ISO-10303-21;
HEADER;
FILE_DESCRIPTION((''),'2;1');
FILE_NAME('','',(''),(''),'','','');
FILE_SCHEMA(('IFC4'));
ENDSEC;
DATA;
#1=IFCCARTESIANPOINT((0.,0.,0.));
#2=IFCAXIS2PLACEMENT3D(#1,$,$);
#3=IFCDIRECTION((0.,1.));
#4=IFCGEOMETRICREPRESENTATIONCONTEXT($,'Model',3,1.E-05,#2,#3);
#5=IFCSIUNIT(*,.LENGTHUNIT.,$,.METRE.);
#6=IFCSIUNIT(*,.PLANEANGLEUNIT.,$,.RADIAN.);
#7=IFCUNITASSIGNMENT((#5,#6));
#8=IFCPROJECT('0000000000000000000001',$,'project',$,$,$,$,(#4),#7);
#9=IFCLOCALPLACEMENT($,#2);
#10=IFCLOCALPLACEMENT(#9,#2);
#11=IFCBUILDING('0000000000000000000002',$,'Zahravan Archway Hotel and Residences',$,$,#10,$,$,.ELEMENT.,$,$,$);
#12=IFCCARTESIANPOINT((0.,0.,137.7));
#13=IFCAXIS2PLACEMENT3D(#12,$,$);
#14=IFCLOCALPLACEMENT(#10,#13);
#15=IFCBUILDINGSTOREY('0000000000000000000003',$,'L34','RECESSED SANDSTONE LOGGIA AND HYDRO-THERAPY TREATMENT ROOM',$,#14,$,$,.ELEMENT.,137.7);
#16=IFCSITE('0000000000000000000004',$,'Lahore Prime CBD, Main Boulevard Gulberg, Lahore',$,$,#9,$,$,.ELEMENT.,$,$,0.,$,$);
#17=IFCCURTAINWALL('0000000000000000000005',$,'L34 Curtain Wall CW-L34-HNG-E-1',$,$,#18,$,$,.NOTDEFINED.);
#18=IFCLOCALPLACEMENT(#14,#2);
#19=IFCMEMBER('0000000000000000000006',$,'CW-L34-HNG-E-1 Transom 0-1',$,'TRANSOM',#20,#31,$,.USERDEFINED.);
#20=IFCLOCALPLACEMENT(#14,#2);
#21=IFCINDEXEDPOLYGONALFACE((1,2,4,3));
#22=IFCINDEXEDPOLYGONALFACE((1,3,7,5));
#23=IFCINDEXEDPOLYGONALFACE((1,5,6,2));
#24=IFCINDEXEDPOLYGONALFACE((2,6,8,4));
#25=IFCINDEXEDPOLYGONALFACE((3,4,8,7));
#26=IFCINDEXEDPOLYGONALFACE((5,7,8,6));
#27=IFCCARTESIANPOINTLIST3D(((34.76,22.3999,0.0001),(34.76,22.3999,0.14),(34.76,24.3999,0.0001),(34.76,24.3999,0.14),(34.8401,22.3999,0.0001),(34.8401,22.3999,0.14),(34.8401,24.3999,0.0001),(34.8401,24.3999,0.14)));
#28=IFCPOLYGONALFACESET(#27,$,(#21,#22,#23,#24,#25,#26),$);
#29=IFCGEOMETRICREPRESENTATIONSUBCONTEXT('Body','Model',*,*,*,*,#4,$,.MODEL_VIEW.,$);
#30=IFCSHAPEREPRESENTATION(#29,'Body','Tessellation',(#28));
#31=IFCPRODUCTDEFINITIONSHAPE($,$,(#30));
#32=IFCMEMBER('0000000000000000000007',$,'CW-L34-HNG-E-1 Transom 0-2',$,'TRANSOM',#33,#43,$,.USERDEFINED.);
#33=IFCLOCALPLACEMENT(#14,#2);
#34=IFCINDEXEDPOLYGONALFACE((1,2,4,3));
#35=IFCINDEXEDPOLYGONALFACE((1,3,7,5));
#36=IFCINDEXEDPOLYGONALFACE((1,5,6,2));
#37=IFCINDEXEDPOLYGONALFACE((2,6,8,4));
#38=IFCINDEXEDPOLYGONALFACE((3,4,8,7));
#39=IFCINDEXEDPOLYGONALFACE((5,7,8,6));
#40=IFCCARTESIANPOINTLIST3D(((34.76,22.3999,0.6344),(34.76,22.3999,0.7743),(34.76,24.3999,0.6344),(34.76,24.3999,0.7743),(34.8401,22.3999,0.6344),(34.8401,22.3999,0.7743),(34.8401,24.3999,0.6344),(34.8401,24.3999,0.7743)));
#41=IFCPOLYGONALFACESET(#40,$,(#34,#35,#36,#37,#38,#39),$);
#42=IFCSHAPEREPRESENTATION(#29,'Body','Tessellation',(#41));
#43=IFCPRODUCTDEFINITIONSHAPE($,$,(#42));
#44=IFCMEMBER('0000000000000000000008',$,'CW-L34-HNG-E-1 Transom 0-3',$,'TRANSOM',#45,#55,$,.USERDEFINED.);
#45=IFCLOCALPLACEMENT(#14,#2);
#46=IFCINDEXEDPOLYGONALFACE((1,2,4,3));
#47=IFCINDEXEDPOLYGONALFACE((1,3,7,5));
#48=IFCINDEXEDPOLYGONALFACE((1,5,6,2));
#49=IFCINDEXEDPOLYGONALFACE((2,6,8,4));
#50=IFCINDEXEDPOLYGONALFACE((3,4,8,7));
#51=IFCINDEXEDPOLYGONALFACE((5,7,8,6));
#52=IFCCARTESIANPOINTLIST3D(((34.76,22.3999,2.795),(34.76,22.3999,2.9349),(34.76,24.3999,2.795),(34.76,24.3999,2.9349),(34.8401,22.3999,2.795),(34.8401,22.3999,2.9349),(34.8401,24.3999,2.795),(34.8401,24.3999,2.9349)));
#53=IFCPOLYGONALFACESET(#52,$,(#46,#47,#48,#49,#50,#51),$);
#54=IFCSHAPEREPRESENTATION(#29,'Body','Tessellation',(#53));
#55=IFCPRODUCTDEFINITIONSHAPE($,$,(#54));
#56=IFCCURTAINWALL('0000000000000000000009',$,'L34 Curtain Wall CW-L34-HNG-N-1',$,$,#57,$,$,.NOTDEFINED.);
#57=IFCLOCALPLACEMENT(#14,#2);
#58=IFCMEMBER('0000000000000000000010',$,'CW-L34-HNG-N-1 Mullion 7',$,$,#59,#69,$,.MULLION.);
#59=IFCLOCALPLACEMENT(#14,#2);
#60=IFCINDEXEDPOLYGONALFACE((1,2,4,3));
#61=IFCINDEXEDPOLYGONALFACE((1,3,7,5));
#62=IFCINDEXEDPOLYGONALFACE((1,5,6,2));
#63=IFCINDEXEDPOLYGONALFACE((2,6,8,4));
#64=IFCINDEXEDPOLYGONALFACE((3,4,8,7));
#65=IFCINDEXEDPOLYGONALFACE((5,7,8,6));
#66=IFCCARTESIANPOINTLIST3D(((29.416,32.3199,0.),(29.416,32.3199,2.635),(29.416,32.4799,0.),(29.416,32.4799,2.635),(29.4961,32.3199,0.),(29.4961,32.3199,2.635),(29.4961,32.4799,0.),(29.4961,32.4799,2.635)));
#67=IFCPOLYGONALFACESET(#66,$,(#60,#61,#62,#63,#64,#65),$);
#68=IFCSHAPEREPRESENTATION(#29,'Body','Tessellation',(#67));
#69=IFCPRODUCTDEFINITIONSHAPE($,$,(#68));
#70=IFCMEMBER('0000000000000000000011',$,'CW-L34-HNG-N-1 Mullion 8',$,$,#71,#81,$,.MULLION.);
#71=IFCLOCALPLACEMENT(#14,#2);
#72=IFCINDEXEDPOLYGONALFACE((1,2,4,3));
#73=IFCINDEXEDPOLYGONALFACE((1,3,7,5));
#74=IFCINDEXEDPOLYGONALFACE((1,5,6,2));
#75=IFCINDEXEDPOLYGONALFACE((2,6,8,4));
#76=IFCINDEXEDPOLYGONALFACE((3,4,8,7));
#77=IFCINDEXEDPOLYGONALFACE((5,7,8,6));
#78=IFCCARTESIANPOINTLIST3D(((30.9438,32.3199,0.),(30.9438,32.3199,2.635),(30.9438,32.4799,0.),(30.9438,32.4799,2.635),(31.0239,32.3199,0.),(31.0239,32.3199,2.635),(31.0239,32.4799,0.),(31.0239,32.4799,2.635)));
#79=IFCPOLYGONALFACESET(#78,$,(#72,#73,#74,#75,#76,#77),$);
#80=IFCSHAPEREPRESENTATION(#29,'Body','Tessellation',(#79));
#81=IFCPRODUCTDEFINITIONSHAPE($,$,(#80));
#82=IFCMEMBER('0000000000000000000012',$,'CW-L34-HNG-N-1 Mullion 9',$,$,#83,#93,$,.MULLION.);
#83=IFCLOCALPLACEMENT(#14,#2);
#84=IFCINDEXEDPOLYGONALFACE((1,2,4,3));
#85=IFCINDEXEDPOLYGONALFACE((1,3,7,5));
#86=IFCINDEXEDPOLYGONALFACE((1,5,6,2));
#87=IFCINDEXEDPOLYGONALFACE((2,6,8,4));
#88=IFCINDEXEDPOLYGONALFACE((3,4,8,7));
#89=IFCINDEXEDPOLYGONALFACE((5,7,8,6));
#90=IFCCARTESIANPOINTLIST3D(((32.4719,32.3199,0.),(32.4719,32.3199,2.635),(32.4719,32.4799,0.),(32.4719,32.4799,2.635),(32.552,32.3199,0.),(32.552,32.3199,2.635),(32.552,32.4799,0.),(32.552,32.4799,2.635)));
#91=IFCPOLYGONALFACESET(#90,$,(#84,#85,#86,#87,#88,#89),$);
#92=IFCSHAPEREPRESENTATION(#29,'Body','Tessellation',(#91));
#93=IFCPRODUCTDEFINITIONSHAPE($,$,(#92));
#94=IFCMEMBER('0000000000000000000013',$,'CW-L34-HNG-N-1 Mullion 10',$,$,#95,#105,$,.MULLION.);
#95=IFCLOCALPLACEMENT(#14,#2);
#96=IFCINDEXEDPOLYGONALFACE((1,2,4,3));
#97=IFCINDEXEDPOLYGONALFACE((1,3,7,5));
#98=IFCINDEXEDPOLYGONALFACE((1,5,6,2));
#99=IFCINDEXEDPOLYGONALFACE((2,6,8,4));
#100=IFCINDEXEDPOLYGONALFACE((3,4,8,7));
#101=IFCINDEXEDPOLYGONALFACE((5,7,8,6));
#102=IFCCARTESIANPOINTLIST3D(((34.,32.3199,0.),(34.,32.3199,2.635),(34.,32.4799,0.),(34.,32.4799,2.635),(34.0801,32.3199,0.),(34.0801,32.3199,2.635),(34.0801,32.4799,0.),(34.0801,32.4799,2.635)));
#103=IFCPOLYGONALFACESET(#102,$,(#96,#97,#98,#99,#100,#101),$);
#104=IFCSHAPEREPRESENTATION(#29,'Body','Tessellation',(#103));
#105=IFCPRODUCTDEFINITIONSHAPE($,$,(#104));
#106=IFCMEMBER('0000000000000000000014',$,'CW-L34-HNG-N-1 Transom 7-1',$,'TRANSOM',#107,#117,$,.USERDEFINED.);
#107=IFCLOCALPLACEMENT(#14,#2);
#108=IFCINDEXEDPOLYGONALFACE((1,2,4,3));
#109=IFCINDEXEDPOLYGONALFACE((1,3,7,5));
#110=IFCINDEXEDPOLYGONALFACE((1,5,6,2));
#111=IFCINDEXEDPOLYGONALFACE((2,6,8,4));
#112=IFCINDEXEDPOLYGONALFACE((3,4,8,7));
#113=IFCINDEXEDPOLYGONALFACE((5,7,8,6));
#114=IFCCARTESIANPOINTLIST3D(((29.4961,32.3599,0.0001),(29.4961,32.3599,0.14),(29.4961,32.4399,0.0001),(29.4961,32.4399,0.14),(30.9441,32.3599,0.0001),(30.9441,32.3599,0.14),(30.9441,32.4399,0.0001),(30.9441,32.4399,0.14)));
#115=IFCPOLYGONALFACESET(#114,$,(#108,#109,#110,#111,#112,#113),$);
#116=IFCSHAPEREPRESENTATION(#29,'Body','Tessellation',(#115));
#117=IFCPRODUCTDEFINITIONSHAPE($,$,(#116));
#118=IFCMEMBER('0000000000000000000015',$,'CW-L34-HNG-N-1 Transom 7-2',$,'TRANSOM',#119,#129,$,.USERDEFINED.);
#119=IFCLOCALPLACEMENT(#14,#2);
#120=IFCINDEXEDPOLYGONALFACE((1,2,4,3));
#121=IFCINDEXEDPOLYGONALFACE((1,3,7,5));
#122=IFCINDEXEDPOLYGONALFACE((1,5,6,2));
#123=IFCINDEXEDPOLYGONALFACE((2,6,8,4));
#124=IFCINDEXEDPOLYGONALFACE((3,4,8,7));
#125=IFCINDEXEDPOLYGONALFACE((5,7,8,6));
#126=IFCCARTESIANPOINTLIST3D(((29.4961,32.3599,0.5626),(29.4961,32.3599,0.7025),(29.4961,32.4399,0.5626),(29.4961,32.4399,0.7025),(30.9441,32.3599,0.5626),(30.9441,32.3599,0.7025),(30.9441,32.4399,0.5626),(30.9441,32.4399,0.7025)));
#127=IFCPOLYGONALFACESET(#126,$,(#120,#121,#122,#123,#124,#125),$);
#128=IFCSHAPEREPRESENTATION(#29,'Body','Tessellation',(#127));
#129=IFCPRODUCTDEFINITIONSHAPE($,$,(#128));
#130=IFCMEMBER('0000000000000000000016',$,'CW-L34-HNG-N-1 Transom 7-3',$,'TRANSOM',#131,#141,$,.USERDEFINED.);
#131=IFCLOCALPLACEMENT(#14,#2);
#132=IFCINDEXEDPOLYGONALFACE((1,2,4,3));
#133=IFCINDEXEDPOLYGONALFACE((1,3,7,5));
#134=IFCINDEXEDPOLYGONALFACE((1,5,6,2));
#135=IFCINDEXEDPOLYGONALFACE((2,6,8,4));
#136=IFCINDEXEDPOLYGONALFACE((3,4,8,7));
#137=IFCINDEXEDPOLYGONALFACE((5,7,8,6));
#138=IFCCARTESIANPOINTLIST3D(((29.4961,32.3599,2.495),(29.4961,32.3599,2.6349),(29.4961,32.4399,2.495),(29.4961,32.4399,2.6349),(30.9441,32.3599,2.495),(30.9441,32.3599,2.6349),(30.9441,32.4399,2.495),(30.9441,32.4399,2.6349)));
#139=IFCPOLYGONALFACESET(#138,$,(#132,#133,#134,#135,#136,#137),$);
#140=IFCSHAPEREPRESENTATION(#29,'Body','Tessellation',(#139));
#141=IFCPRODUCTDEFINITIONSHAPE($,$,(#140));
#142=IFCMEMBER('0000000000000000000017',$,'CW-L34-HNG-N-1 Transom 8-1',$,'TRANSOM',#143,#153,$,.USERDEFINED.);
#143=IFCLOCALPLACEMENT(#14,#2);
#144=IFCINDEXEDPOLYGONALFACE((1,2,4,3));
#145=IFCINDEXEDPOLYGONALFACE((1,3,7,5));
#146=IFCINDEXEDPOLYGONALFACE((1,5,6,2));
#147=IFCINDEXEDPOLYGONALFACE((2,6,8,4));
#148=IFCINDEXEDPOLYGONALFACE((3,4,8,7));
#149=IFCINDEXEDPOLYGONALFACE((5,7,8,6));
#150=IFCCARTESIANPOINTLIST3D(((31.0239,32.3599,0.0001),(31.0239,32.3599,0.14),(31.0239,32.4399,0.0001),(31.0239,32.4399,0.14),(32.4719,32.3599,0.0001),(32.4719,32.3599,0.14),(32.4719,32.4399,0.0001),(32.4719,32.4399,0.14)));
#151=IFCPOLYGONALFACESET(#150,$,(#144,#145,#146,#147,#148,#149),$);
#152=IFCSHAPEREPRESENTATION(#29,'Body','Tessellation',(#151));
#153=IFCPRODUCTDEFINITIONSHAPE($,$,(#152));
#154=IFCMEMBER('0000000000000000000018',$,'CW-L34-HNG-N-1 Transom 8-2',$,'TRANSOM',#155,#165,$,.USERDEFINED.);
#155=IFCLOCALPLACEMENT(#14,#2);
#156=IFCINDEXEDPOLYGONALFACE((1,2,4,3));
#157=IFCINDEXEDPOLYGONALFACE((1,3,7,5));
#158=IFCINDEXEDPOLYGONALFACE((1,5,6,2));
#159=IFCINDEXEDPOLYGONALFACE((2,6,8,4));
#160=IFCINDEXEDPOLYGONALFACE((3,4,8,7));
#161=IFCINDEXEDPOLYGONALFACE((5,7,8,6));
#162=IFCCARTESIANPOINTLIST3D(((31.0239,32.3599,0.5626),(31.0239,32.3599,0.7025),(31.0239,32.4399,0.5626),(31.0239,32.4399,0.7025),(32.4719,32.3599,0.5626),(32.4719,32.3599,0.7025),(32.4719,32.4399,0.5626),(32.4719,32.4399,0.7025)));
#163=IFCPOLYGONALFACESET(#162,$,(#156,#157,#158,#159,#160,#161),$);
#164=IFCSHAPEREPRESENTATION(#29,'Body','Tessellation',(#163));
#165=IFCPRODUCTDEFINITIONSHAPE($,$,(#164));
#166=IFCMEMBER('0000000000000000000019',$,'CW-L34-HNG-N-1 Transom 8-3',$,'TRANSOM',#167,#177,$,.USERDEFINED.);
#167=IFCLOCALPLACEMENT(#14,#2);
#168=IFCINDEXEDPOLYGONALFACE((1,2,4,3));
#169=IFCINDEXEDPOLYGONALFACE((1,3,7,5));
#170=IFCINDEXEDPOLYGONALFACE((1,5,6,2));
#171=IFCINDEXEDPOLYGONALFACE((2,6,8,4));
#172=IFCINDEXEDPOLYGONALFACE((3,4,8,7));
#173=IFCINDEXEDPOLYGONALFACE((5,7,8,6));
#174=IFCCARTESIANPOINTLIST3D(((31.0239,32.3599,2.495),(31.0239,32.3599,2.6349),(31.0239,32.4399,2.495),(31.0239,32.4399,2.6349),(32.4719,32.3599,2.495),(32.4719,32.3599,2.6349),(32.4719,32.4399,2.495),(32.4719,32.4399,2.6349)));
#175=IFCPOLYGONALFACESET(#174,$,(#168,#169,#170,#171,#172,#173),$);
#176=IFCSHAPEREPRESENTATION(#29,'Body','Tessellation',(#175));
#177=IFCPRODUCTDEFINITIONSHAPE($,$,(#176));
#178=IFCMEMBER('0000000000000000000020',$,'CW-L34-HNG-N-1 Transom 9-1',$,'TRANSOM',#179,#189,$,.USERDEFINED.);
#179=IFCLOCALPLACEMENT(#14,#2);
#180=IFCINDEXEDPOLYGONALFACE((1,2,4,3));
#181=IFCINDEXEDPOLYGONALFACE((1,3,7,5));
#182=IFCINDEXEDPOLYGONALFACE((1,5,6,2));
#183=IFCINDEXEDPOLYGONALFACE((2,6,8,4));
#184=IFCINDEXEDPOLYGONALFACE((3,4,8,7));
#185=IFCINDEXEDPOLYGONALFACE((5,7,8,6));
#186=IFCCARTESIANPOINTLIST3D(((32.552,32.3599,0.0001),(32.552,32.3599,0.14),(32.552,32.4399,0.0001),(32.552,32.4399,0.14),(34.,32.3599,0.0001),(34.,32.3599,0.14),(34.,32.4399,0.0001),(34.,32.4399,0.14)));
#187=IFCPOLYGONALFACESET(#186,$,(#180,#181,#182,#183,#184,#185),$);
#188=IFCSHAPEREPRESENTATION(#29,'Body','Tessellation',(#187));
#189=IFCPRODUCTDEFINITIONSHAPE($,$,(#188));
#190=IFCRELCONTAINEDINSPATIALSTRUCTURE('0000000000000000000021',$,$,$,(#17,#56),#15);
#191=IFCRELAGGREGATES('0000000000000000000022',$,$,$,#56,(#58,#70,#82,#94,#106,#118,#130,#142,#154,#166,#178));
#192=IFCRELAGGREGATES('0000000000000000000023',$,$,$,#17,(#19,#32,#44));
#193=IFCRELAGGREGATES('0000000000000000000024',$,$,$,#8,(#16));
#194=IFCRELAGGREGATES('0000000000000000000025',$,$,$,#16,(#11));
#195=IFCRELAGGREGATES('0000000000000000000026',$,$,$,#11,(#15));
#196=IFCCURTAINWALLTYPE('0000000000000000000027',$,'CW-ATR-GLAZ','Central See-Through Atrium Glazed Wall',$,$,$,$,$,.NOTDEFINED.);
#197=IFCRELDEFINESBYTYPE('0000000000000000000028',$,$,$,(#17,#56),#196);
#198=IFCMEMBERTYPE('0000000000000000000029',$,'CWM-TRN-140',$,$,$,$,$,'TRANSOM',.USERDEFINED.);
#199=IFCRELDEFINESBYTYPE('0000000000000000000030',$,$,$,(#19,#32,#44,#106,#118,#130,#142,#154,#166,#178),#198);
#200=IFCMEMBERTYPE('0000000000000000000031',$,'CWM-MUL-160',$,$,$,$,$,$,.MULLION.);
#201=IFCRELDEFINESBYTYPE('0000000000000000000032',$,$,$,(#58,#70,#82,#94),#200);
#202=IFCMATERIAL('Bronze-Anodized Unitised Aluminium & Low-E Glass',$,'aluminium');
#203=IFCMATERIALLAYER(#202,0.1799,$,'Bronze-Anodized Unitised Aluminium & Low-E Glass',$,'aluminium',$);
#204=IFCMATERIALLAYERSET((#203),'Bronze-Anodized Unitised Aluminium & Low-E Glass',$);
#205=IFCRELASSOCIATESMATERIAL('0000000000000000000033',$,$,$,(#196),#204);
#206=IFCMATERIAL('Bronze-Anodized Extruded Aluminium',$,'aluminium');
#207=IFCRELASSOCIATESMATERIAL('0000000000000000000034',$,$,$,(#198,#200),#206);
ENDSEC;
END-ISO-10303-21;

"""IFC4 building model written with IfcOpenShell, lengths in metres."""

from ifc_helpers import new_model, si_unit, direction, frame, origin, origin_2d, place, context, subcontext, project, spatial, rectangle, extrude, source, transform, mapped, material, layer, layer_set, material_profile, profile_set, type_object, element, aggregate, save


model = new_model("IFC4")

# Units and contexts
model_context = context("Model", 3, precision=1e-05, world=origin(), true_north=direction((0.0, 1.0)))
body_context = subcontext(model_context, "Body", "Model", "MODEL_VIEW")
ifc_project = project(units=[si_unit("LENGTHUNIT", "METRE"), si_unit("PLANEANGLEUNIT", "RADIAN")], contexts=[model_context])

# Site, building, storey
site_placement = place(None, origin())
site = spatial("IfcSite", under=ifc_project, at=site_placement, Name="Lahore Prime CBD, Main Boulevard Gulberg, Lahore", CompositionType="ELEMENT", RefElevation=0.0)
building_placement = place(site_placement, origin())
building = spatial("IfcBuilding", under=site, at=building_placement, Name="Zahravan Archway Hotel and Residences", CompositionType="ELEMENT")
storey_placement = place(building_placement, frame((0.0, 0.0, 137.7)))
storey = spatial("IfcBuildingStorey", under=building, at=storey_placement, Name="L34", Description="RECESSED SANDSTONE LOGGIA AND HYDRO-THERAPY TREATMENT ROOM", CompositionType="ELEMENT", Elevation=137.7)

# Curtain walls, members
ifc_material_1 = material(Name="Bronze-Anodized Unitised Aluminium & Low-E Glass", Category="aluminium")
ifc_layer_1 = layer(ifc_material_1, 0.1799, Name="Bronze-Anodized Unitised Aluminium & Low-E Glass", Category="aluminium")
ifc_layer_set_1 = layer_set([ifc_layer_1], Name="Bronze-Anodized Unitised Aluminium & Low-E Glass")
curtain_wall_type = type_object("IfcCurtainWallType", Name="CW-ATR-GLAZ", Description="Central See-Through Atrium Glazed Wall", PredefinedType="NOTDEFINED", material=ifc_layer_set_1)
curtain_wall_1_placement = place(storey_placement, origin())
curtain_wall_1 = element("IfcCurtainWall", 1, at=curtain_wall_1_placement, inside=storey, type_object=curtain_wall_type, Name="L34 Curtain Wall CW-L34-HNG-E-1", PredefinedType="NOTDEFINED")
ifc_material_2 = material(Name="Bronze-Anodized Extruded Aluminium", Category="aluminium")
ifc_material_profile_1 = material_profile(ifc_material_2, rectangle(XDim=0.0801, YDim=0.1399, at=origin_2d()), Name="TRN 80x140", Category="aluminium")
ifc_profile_set_1 = profile_set([ifc_material_profile_1], Name="Bronze-Anodized Extruded Aluminium")
member_type_1 = type_object("IfcMemberType", Name="CWM-TRN-140", ElementType="TRANSOM", PredefinedType="USERDEFINED", material=ifc_profile_set_1)
shared_shape_1 = source(origin(), body_context, "Body", "SweptSolid", [
    extrude(rectangle(XDim=0.0801, YDim=0.1399, at=origin_2d()), origin(), (0.0, 0.0, 1.0), 2.0),
])
member_1_placement = place(storey_placement, frame((34.8, 22.3999, 0.0701), z_axis=(0.0, 1.0, 0.0), x_axis=(-1.0, 0.0, 0.0)))
member_1 = element("IfcMember", 2, at=member_1_placement, type_object=member_type_1, Name="CW-L34-HNG-E-1 Transom 0-1", ObjectType="TRANSOM", PredefinedType="USERDEFINED", context=body_context, shape_type="MappedRepresentation", body=[
    mapped(shared_shape_1, transform((0.0, 0.0, 0.0), scale=1.0)),
])
member_2_placement = place(storey_placement, frame((34.8, 22.3999, 0.7043), z_axis=(0.0, 1.0, 0.0), x_axis=(-1.0, 0.0, 0.0)))
member_2 = element("IfcMember", 3, at=member_2_placement, type_object=member_type_1, Name="CW-L34-HNG-E-1 Transom 0-2", ObjectType="TRANSOM", PredefinedType="USERDEFINED", context=body_context, shape_type="MappedRepresentation", body=[
    mapped(shared_shape_1, transform((0.0, 0.0, 0.0), scale=1.0)),
])
member_3_placement = place(storey_placement, frame((34.8, 22.3999, 2.865), z_axis=(0.0, 1.0, 0.0), x_axis=(-1.0, 0.0, 0.0)))
member_3 = element("IfcMember", 4, at=member_3_placement, type_object=member_type_1, Name="CW-L34-HNG-E-1 Transom 0-3", ObjectType="TRANSOM", PredefinedType="USERDEFINED", context=body_context, shape_type="MappedRepresentation", body=[
    mapped(shared_shape_1, transform((0.0, 0.0, 0.0), scale=1.0)),
])
curtain_wall_2_placement = place(storey_placement, origin())
curtain_wall_2 = element("IfcCurtainWall", 5, at=curtain_wall_2_placement, inside=storey, type_object=curtain_wall_type, Name="L34 Curtain Wall CW-L34-HNG-N-1", PredefinedType="NOTDEFINED")
ifc_material_profile_2 = material_profile(ifc_material_2, rectangle(XDim=0.0801, YDim=0.1599, at=origin_2d()), Name="MUL 80x160", Category="aluminium")
ifc_profile_set_2 = profile_set([ifc_material_profile_2], Name="Bronze-Anodized Extruded Aluminium")
member_type_2 = type_object("IfcMemberType", Name="CWM-MUL-160", PredefinedType="MULLION", material=ifc_profile_set_2)
shared_shape_2 = source(origin(), body_context, "Body", "SweptSolid", [
    extrude(rectangle(XDim=0.0801, YDim=0.1599, at=origin_2d()), origin(), (0.0, 0.0, 1.0), 2.635),
])
member_4_placement = place(storey_placement, frame((29.4561, 32.3999, 0.0), z_axis=(0.0, 0.0, 1.0), x_axis=(1.0, 0.0, 0.0)))
member_4 = element("IfcMember", 6, at=member_4_placement, type_object=member_type_2, Name="CW-L34-HNG-N-1 Mullion 7", PredefinedType="MULLION", context=body_context, shape_type="MappedRepresentation", body=[
    mapped(shared_shape_2, transform((0.0, 0.0, 0.0), scale=1.0)),
])
member_5_placement = place(storey_placement, frame((30.9839, 32.3999, 0.0), z_axis=(0.0, 0.0, 1.0), x_axis=(1.0, 0.0, 0.0)))
member_5 = element("IfcMember", 7, at=member_5_placement, type_object=member_type_2, Name="CW-L34-HNG-N-1 Mullion 8", PredefinedType="MULLION", context=body_context, shape_type="MappedRepresentation", body=[
    mapped(shared_shape_2, transform((0.0, 0.0, 0.0), scale=1.0)),
])
member_6_placement = place(storey_placement, frame((32.512, 32.3999, 0.0), z_axis=(0.0, 0.0, 1.0), x_axis=(1.0, 0.0, 0.0)))
member_6 = element("IfcMember", 8, at=member_6_placement, type_object=member_type_2, Name="CW-L34-HNG-N-1 Mullion 9", PredefinedType="MULLION", context=body_context, shape_type="MappedRepresentation", body=[
    mapped(shared_shape_2, transform((0.0, 0.0, 0.0), scale=1.0)),
])
member_7_placement = place(storey_placement, frame((34.04, 32.3999, 0.0), z_axis=(0.0, 0.0, 1.0), x_axis=(1.0, 0.0, 0.0)))
member_7 = element("IfcMember", 9, at=member_7_placement, type_object=member_type_2, Name="CW-L34-HNG-N-1 Mullion 10", PredefinedType="MULLION", context=body_context, shape_type="MappedRepresentation", body=[
    mapped(shared_shape_2, transform((0.0, 0.0, 0.0), scale=1.0)),
])
shared_shape_3 = source(origin(), body_context, "Body", "SweptSolid", [
    extrude(rectangle(XDim=0.0801, YDim=0.1399, at=origin_2d()), origin(), (0.0, 0.0, 1.0), 1.448),
])
member_8_placement = place(storey_placement, frame((29.4961, 32.3999, 0.0701), z_axis=(1.0, 0.0, 0.0), x_axis=(0.0, 1.0, 0.0)))
member_8 = element("IfcMember", 10, at=member_8_placement, type_object=member_type_1, Name="CW-L34-HNG-N-1 Transom 7-1", ObjectType="TRANSOM", PredefinedType="USERDEFINED", context=body_context, shape_type="MappedRepresentation", body=[
    mapped(shared_shape_3, transform((0.0, 0.0, 0.0), scale=1.0)),
])
member_9_placement = place(storey_placement, frame((29.4961, 32.3999, 0.6326), z_axis=(1.0, 0.0, 0.0), x_axis=(0.0, 1.0, 0.0)))
member_9 = element("IfcMember", 11, at=member_9_placement, type_object=member_type_1, Name="CW-L34-HNG-N-1 Transom 7-2", ObjectType="TRANSOM", PredefinedType="USERDEFINED", context=body_context, shape_type="MappedRepresentation", body=[
    mapped(shared_shape_3, transform((0.0, 0.0, 0.0), scale=1.0)),
])
member_10_placement = place(storey_placement, frame((29.4961, 32.3999, 2.5649), z_axis=(1.0, 0.0, 0.0), x_axis=(0.0, 1.0, 0.0)))
member_10 = element("IfcMember", 12, at=member_10_placement, type_object=member_type_1, Name="CW-L34-HNG-N-1 Transom 7-3", ObjectType="TRANSOM", PredefinedType="USERDEFINED", context=body_context, shape_type="MappedRepresentation", body=[
    mapped(shared_shape_3, transform((0.0, 0.0, 0.0), scale=1.0)),
])
member_11_placement = place(storey_placement, frame((31.0239, 32.3999, 0.0701), z_axis=(1.0, 0.0, 0.0), x_axis=(0.0, 1.0, 0.0)))
member_11 = element("IfcMember", 13, at=member_11_placement, type_object=member_type_1, Name="CW-L34-HNG-N-1 Transom 8-1", ObjectType="TRANSOM", PredefinedType="USERDEFINED", context=body_context, shape_type="MappedRepresentation", body=[
    mapped(shared_shape_3, transform((0.0, 0.0, 0.0), scale=1.0)),
])
member_12_placement = place(storey_placement, frame((31.0239, 32.3999, 0.6326), z_axis=(1.0, 0.0, 0.0), x_axis=(0.0, 1.0, 0.0)))
member_12 = element("IfcMember", 14, at=member_12_placement, type_object=member_type_1, Name="CW-L34-HNG-N-1 Transom 8-2", ObjectType="TRANSOM", PredefinedType="USERDEFINED", context=body_context, shape_type="MappedRepresentation", body=[
    mapped(shared_shape_3, transform((0.0, 0.0, 0.0), scale=1.0)),
])
member_13_placement = place(storey_placement, frame((31.0239, 32.3999, 2.5649), z_axis=(1.0, 0.0, 0.0), x_axis=(0.0, 1.0, 0.0)))
member_13 = element("IfcMember", 15, at=member_13_placement, type_object=member_type_1, Name="CW-L34-HNG-N-1 Transom 8-3", ObjectType="TRANSOM", PredefinedType="USERDEFINED", context=body_context, shape_type="MappedRepresentation", body=[
    mapped(shared_shape_3, transform((0.0, 0.0, 0.0), scale=1.0)),
])
member_14_placement = place(storey_placement, frame((32.552, 32.3999, 0.0701), z_axis=(1.0, 0.0, 0.0), x_axis=(0.0, 1.0, 0.0)))
member_14 = element("IfcMember", 16, at=member_14_placement, type_object=member_type_1, Name="CW-L34-HNG-N-1 Transom 9-1", ObjectType="TRANSOM", PredefinedType="USERDEFINED", context=body_context, shape_type="MappedRepresentation", body=[
    mapped(shared_shape_3, transform((0.0, 0.0, 0.0), scale=1.0)),
])

aggregate(curtain_wall_2, [member_4, member_5, member_6, member_7, member_8, member_9, member_10, member_11, member_12, member_13, member_14])
aggregate(curtain_wall_1, [member_1, member_2, member_3])

save(model, "model.ifc")
